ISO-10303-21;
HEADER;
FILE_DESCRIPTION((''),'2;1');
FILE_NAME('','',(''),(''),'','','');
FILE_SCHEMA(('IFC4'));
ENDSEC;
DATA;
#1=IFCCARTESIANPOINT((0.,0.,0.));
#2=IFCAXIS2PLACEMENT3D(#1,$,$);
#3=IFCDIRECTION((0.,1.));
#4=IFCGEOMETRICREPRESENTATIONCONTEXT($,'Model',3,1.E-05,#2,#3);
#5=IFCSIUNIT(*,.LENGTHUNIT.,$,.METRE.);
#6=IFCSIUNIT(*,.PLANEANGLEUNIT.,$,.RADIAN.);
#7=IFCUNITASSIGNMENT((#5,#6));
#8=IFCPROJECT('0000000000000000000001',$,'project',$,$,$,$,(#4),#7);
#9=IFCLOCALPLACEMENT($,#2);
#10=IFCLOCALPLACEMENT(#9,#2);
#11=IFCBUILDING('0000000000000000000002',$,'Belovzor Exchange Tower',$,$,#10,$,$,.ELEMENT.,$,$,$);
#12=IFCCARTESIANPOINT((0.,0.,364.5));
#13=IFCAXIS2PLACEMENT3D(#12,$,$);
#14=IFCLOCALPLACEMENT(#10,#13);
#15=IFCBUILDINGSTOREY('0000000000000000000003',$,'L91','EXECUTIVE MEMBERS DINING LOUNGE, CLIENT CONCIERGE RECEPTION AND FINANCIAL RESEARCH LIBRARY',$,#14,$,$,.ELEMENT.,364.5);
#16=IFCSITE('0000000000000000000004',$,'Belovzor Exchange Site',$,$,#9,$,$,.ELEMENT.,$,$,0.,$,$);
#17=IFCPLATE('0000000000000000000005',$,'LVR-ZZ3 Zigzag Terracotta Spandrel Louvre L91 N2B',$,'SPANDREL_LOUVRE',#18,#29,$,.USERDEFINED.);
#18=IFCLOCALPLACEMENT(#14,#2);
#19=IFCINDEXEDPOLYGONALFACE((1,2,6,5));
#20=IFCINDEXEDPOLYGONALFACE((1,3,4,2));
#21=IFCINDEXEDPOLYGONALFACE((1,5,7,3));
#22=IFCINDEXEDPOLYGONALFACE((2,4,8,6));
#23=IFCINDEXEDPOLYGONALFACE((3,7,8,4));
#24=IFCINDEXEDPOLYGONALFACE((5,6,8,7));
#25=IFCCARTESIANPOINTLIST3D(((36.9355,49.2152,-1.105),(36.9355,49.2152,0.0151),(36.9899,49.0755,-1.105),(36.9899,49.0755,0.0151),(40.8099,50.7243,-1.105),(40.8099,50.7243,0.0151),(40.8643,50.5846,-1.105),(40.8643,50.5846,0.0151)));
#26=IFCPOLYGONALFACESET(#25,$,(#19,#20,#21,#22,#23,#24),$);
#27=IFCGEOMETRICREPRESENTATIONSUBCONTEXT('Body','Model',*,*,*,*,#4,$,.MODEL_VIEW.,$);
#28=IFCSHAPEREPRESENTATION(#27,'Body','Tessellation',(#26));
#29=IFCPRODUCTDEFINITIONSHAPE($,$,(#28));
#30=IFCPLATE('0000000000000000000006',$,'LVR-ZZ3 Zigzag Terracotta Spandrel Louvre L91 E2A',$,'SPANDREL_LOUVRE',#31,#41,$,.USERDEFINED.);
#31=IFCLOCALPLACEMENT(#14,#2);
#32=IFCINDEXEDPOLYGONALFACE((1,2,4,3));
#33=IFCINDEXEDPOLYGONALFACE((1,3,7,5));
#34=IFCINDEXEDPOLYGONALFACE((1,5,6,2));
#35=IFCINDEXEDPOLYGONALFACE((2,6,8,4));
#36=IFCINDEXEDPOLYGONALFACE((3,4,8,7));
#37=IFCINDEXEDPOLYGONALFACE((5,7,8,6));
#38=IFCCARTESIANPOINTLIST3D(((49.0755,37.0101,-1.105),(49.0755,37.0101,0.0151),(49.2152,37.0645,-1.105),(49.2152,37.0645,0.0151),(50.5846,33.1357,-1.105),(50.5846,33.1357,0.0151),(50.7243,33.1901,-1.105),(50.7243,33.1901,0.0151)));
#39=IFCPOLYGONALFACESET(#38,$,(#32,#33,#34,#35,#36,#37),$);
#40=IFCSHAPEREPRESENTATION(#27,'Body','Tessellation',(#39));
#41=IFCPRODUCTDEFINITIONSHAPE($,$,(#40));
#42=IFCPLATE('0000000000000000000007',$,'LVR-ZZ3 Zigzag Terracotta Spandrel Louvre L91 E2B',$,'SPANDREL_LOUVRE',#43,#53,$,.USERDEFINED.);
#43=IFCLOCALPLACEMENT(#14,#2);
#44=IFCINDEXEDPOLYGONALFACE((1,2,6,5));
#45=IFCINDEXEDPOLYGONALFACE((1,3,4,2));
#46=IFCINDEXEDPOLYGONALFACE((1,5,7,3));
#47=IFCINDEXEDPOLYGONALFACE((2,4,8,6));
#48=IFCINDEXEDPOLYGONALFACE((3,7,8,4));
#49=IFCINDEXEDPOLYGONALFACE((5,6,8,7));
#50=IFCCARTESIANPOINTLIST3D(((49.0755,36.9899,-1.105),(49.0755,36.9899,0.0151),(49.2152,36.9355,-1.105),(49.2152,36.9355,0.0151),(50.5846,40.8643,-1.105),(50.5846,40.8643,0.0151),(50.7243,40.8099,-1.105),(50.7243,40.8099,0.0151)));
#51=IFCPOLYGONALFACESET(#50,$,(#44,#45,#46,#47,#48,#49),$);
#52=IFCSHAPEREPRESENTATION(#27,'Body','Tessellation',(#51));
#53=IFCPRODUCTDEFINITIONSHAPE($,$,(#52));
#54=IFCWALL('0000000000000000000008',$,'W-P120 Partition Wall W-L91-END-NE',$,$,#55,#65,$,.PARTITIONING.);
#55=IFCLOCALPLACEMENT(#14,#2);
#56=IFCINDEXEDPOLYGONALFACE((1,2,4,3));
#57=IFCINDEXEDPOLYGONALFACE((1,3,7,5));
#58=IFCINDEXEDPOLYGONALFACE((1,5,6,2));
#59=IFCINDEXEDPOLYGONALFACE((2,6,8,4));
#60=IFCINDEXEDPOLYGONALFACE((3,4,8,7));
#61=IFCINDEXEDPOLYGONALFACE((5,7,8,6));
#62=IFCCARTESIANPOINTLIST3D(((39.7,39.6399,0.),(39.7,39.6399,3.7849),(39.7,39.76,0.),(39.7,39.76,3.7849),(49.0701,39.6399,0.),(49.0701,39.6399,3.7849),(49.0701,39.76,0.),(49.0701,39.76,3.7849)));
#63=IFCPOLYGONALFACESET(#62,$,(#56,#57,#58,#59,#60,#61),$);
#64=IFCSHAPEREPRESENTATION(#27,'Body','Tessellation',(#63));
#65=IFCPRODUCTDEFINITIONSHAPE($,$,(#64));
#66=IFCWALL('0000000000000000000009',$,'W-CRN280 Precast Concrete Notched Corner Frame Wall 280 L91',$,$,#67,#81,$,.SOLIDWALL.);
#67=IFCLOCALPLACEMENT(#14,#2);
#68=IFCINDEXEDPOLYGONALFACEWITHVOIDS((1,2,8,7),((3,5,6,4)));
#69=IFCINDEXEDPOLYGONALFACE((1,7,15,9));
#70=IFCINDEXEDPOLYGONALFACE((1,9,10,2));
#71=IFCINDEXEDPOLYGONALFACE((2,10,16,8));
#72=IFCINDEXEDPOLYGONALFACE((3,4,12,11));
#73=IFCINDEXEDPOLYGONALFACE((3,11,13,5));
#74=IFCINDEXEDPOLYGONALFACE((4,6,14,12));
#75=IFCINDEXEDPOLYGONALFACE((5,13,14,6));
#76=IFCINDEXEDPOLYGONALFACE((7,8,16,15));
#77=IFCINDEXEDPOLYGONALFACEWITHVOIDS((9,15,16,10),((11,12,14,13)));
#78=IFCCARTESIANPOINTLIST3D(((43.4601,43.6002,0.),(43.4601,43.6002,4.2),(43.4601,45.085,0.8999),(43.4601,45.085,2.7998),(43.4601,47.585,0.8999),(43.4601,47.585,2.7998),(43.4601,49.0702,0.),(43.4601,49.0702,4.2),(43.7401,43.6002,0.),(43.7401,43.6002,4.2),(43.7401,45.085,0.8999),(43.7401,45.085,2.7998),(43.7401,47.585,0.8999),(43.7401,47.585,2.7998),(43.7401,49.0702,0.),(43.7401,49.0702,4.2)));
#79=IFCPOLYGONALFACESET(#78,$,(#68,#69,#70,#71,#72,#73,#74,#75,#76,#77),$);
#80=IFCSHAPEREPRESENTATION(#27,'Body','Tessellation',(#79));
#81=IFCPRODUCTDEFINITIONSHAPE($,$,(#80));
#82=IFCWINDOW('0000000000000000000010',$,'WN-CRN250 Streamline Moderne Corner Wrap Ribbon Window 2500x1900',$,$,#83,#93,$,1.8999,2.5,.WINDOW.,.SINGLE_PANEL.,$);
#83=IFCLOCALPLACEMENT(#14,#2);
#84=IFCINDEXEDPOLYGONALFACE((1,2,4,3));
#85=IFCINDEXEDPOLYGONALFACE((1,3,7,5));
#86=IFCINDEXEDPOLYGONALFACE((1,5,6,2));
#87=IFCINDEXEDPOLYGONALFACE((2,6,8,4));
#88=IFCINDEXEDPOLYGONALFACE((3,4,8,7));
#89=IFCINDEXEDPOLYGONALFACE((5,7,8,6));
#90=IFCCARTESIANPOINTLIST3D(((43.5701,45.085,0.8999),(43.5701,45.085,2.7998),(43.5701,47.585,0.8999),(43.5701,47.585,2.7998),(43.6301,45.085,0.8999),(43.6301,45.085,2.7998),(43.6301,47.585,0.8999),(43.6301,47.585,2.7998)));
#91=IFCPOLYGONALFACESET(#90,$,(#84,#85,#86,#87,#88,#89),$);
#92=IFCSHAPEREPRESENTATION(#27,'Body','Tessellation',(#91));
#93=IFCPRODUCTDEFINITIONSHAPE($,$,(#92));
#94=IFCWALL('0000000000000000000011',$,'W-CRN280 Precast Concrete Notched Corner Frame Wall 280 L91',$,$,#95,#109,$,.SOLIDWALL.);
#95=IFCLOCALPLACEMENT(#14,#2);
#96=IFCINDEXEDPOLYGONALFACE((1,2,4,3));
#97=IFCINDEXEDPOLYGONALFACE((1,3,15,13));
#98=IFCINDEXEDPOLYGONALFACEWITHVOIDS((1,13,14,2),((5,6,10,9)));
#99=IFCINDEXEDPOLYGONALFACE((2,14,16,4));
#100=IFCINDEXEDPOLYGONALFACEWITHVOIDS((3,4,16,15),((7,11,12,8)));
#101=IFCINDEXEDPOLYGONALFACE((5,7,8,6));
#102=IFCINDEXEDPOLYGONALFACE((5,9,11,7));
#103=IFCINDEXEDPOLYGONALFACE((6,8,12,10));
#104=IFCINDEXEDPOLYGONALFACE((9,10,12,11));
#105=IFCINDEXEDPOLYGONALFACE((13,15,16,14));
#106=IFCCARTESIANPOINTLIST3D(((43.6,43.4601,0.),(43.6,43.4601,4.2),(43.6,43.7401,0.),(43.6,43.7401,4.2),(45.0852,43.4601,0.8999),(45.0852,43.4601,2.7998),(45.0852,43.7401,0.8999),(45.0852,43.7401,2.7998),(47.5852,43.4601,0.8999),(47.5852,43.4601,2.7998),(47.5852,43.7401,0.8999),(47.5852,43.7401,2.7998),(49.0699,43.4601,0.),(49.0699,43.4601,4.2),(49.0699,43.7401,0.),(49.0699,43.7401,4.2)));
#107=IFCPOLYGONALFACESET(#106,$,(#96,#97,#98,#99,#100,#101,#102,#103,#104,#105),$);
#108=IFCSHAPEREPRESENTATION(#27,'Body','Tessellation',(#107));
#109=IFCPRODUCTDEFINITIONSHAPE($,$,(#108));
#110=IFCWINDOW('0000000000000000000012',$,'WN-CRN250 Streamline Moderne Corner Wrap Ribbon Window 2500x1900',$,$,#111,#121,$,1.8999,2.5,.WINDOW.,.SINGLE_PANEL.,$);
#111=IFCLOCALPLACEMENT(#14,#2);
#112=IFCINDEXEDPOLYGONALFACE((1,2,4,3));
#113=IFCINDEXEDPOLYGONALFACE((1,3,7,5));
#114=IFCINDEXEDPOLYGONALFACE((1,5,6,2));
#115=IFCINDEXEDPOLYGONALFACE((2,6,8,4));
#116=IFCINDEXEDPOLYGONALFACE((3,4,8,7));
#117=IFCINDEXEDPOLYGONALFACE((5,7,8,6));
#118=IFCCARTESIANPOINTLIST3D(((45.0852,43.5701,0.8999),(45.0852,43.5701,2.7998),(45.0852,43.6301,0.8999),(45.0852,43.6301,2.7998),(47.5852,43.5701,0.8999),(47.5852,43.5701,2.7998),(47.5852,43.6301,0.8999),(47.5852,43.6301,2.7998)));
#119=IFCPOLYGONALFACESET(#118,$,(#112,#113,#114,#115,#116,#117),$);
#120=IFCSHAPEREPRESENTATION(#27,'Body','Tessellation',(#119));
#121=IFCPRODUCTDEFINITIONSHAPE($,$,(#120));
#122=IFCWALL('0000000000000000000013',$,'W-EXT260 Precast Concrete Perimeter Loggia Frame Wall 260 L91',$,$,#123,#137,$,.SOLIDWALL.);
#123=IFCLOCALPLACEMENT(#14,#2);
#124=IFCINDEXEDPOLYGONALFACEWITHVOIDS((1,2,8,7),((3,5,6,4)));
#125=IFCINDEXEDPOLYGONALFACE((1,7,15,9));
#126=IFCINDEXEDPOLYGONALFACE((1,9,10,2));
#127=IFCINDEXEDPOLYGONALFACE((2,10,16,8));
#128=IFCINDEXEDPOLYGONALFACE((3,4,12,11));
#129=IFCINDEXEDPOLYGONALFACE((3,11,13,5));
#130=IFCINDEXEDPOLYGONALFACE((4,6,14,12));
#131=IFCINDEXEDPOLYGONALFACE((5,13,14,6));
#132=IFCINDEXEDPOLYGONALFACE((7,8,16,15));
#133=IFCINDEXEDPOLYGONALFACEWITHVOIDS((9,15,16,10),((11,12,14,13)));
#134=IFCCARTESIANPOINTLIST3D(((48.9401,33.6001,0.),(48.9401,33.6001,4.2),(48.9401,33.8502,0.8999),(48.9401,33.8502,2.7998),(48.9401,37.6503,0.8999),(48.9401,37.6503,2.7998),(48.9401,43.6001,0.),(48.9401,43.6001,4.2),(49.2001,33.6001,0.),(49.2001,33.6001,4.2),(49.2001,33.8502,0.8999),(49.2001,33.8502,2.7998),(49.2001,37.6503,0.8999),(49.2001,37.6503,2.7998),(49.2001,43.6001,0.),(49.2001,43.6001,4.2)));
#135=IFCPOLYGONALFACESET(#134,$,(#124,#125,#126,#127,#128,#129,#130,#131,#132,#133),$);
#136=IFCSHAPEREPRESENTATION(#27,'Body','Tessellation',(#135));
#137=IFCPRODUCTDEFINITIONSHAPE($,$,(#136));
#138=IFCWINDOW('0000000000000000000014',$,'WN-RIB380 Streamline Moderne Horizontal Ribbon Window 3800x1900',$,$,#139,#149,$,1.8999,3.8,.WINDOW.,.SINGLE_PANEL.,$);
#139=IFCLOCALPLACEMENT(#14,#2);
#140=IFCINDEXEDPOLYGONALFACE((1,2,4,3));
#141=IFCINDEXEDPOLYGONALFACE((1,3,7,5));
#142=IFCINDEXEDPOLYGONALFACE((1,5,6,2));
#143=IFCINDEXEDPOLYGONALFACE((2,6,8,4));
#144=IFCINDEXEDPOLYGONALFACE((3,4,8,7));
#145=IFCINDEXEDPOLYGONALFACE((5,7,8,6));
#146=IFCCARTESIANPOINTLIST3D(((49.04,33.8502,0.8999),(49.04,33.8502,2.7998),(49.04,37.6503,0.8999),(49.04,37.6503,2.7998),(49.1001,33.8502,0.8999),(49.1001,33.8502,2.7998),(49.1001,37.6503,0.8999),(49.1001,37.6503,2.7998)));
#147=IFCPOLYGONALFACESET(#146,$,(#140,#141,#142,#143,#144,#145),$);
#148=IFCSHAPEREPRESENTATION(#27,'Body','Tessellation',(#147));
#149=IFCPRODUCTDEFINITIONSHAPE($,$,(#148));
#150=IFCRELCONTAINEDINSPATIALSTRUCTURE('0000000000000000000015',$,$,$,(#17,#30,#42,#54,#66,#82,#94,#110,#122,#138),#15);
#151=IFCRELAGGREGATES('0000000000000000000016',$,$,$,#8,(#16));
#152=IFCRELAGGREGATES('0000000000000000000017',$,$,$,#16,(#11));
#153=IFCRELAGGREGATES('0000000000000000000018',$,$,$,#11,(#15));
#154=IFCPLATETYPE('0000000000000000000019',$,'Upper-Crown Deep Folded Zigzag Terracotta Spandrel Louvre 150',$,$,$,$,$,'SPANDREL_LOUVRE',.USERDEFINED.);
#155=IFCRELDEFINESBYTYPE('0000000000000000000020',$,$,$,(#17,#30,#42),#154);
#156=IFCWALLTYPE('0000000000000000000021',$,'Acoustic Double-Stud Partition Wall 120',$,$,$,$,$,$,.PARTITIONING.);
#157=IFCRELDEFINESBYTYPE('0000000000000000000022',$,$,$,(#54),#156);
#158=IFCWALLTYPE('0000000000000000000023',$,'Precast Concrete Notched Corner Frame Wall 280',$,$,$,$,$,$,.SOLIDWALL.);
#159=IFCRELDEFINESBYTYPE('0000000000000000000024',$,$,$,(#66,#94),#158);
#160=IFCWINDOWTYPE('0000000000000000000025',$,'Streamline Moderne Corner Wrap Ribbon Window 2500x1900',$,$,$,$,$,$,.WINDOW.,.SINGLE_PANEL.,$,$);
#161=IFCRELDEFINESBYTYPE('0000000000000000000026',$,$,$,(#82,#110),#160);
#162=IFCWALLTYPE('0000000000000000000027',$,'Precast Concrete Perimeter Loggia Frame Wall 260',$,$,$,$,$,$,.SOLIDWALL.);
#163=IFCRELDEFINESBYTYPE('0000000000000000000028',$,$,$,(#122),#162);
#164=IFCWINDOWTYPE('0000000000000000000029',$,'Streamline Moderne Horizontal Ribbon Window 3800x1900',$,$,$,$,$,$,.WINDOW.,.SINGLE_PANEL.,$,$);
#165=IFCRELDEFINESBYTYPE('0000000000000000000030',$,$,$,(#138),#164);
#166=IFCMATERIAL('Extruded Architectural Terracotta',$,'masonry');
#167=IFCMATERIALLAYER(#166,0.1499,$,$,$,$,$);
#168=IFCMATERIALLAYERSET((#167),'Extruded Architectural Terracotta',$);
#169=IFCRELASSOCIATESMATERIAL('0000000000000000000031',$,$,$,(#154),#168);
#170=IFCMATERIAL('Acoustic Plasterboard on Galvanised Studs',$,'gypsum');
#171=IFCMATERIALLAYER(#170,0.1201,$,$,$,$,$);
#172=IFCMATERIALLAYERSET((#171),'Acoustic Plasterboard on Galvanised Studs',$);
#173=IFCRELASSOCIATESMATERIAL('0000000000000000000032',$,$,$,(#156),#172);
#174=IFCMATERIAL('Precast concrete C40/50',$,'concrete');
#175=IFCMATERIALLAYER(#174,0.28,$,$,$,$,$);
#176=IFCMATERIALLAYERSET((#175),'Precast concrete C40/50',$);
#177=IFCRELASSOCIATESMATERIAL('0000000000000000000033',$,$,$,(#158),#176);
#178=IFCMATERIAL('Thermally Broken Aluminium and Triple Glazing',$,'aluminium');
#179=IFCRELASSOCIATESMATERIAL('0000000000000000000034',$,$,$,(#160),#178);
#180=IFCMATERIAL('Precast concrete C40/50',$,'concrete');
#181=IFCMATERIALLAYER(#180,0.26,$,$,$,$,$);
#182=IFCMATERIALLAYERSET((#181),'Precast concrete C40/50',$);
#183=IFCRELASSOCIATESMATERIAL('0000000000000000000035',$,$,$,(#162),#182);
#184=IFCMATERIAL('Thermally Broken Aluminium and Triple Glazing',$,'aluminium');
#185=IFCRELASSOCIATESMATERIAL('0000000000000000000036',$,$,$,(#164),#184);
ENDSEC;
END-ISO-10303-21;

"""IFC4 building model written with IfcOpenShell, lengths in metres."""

from ifc_helpers import new_model, si_unit, direction, frame, frame_2d, origin, origin_2d, place, context, subcontext, project, spatial, rectangle, extrude, material, layer, layer_set, type_object, element, fill, save


model = new_model("IFC4")

# Units and contexts
model_context = context("Model", 3, precision=1e-05, world=origin(), true_north=direction((0.0, 1.0)))
body_context = subcontext(model_context, "Body", "Model", "MODEL_VIEW")
ifc_project = project(units=[si_unit("LENGTHUNIT", "METRE"), si_unit("PLANEANGLEUNIT", "RADIAN")], contexts=[model_context])

# Site, building, storey
site_placement = place(None, origin())
site = spatial("IfcSite", under=ifc_project, at=site_placement, Name="Belovzor Exchange Site", CompositionType="ELEMENT", RefElevation=0.0)
building_placement = place(site_placement, origin())
building = spatial("IfcBuilding", under=site, at=building_placement, Name="Belovzor Exchange Tower", CompositionType="ELEMENT")
storey_placement = place(building_placement, frame((0.0, 0.0, 364.5)))
storey = spatial("IfcBuildingStorey", under=building, at=storey_placement, Name="L91", Description="EXECUTIVE MEMBERS DINING LOUNGE, CLIENT CONCIERGE RECEPTION AND FINANCIAL RESEARCH LIBRARY", CompositionType="ELEMENT", Elevation=364.5)

# Plates
ifc_material_1 = material(Name="Extruded Architectural Terracotta", Category="masonry")
ifc_layer_1 = layer(ifc_material_1, 0.1499)
ifc_layer_set_1 = layer_set([ifc_layer_1], Name="Extruded Architectural Terracotta")
plate_type_1 = type_object("IfcPlateType", Name="Upper-Crown Deep Folded Zigzag Terracotta Spandrel Louvre 150", ElementType="SPANDREL_LOUVRE", PredefinedType="USERDEFINED", material=ifc_layer_set_1)
for number, where, z_axis, x_axis, name in (
    (1, (38.8999, 49.8999, -1.105), (0.0, 0.0, 1.0), (0.931818, 0.362926, 0.0), "LVR-ZZ3 Zigzag Terracotta Spandrel Louvre L91 N2B"),
    (2, (49.8999, 35.1001, -1.105), (0.0, 0.0, 1.0), (-0.362926, 0.931818, 0.0), "LVR-ZZ3 Zigzag Terracotta Spandrel Louvre L91 E2A"),
    (3, (49.8999, 38.8999, -1.105), (0.0, 0.0, 1.0), (0.362926, 0.931818, 0.0), "LVR-ZZ3 Zigzag Terracotta Spandrel Louvre L91 E2B"),
):
    element("IfcPlate", number, at=place(storey_placement, frame(where, z_axis=z_axis, x_axis=x_axis)), inside=storey, type_object=plate_type_1, Name=name, ObjectType="SPANDREL_LOUVRE", PredefinedType="USERDEFINED", context=body_context, shape_type="SweptSolid", body=[
        extrude(rectangle(XDim=4.158, YDim=0.1499, at=origin_2d()), origin(), (0.0, 0.0, 1.0), 1.1201),
    ])

# Wall
ifc_material_2 = material(Name="Acoustic Plasterboard on Galvanised Studs", Category="gypsum")
ifc_layer_2 = layer(ifc_material_2, 0.1201)
ifc_layer_set_2 = layer_set([ifc_layer_2], Name="Acoustic Plasterboard on Galvanised Studs")
wall_type_1 = type_object("IfcWallType", Name="Acoustic Double-Stud Partition Wall 120", PredefinedType="PARTITIONING", material=ifc_layer_set_2)
wall_1_placement = place(storey_placement, frame((39.7, 39.7, 0.0), z_axis=(0.0, 0.0, 1.0), x_axis=(1.0, 0.0, 0.0)))
element("IfcWall", 4, at=wall_1_placement, inside=storey, type_object=wall_type_1, Name="W-P120 Partition Wall W-L91-END-NE", PredefinedType="PARTITIONING", context=body_context, shape_type="SweptSolid", body=[
    extrude(rectangle(XDim=9.3701, YDim=0.1201, at=frame_2d((4.6851, 0.0))), origin(), (0.0, 0.0, 1.0), 3.7849),
])

# Walls, openings, windows
ifc_material_3 = material(Name="Precast concrete C40/50", Category="concrete")
ifc_layer_3 = layer(ifc_material_3, 0.28)
ifc_layer_set_3 = layer_set([ifc_layer_3], Name="Precast concrete C40/50")
wall_type_2 = type_object("IfcWallType", Name="Precast Concrete Notched Corner Frame Wall 280", PredefinedType="SOLIDWALL", material=ifc_layer_set_3)
wall_2_placement = place(storey_placement, frame((43.6001, 49.0701, 0.0), z_axis=(0.0, 0.0, 1.0), x_axis=(0.0, -1.0, 0.0)))
wall_2 = element("IfcWall", 5, at=wall_2_placement, inside=storey, type_object=wall_type_2, Name="W-CRN280 Precast Concrete Notched Corner Frame Wall 280 L91", PredefinedType="SOLIDWALL", context=body_context, shape_type="SweptSolid", body=[
    extrude(rectangle(XDim=5.47, YDim=0.28, at=frame_2d((2.7349, 0.0))), origin(), (0.0, 0.0, 1.0), 4.2),
])
opening_1_placement = place(wall_2_placement, frame((1.4851, 0.0, 0.8999)))
opening_1 = element("IfcOpeningElement", 6, at=opening_1_placement, cuts=wall_2, PredefinedType="OPENING", context=body_context, shape_type="SweptSolid", body=[
    extrude(rectangle(XDim=2.5, YDim=1.8999, at=frame_2d((1.25, 0.95))), frame((0.0, 0.1499, 0.0), z_axis=(0.0, -1.0, 0.0), x_axis=(1.0, 0.0, 0.0)), (0.0, 0.0, 1.0), 0.3),
])
ifc_material_4 = material(Name="Thermally Broken Aluminium and Triple Glazing", Category="aluminium")
window_type_1 = type_object("IfcWindowType", Name="Streamline Moderne Corner Wrap Ribbon Window 2500x1900", PartitioningType="SINGLE_PANEL", PredefinedType="WINDOW", material=ifc_material_4)
window_1_placement = place(opening_1_placement, origin())
window_1 = element("IfcWindow", 7, at=window_1_placement, inside=storey, type_object=window_type_1, Name="WN-CRN250 Streamline Moderne Corner Wrap Ribbon Window 2500x1900", OverallHeight=1.8999, OverallWidth=2.5, PartitioningType="SINGLE_PANEL", PredefinedType="WINDOW", context=body_context, shape_type="SweptSolid", body=[
    extrude(rectangle(XDim=2.5, YDim=1.8999, at=frame_2d((1.25, 0.95))), frame((0.0, 0.03, 0.0), z_axis=(0.0, -1.0, 0.0), x_axis=(1.0, 0.0, 0.0)), (0.0, 0.0, 1.0), 0.0601),
])
fill(opening_1, window_1)
wall_3_placement = place(storey_placement, frame((43.6001, 43.6001, 0.0), z_axis=(0.0, 0.0, 1.0), x_axis=(1.0, 0.0, 0.0)))
wall_3 = element("IfcWall", 8, at=wall_3_placement, inside=storey, type_object=wall_type_2, Name="W-CRN280 Precast Concrete Notched Corner Frame Wall 280 L91", PredefinedType="SOLIDWALL", context=body_context, shape_type="SweptSolid", body=[
    extrude(rectangle(XDim=5.47, YDim=0.28, at=frame_2d((2.7349, 0.0))), origin(), (0.0, 0.0, 1.0), 4.2),
])
opening_2_placement = place(wall_3_placement, frame((1.4851, 0.0, 0.8999)))
opening_2 = element("IfcOpeningElement", 9, at=opening_2_placement, cuts=wall_3, PredefinedType="OPENING", context=body_context, shape_type="SweptSolid", body=[
    extrude(rectangle(XDim=2.5, YDim=1.8999, at=frame_2d((1.25, 0.95))), frame((0.0, 0.1499, 0.0), z_axis=(0.0, -1.0, 0.0), x_axis=(1.0, 0.0, 0.0)), (0.0, 0.0, 1.0), 0.3),
])
window_2_placement = place(opening_2_placement, origin())
window_2 = element("IfcWindow", 10, at=window_2_placement, inside=storey, type_object=window_type_1, Name="WN-CRN250 Streamline Moderne Corner Wrap Ribbon Window 2500x1900", OverallHeight=1.8999, OverallWidth=2.5, PartitioningType="SINGLE_PANEL", PredefinedType="WINDOW", context=body_context, shape_type="SweptSolid", body=[
    extrude(rectangle(XDim=2.5, YDim=1.8999, at=frame_2d((1.25, 0.95))), frame((0.0, 0.03, 0.0), z_axis=(0.0, -1.0, 0.0), x_axis=(1.0, 0.0, 0.0)), (0.0, 0.0, 1.0), 0.0601),
])
fill(opening_2, window_2)
ifc_material_5 = material(Name="Precast concrete C40/50", Category="concrete")
ifc_layer_4 = layer(ifc_material_5, 0.26)
ifc_layer_set_4 = layer_set([ifc_layer_4], Name="Precast concrete C40/50")
wall_type_3 = type_object("IfcWallType", Name="Precast Concrete Perimeter Loggia Frame Wall 260", PredefinedType="SOLIDWALL", material=ifc_layer_set_4)
wall_4_placement = place(storey_placement, frame((49.0701, 43.6001, 0.0), z_axis=(0.0, 0.0, 1.0), x_axis=(0.0, -1.0, 0.0)))
wall_4 = element("IfcWall", 11, at=wall_4_placement, inside=storey, type_object=wall_type_3, Name="W-EXT260 Precast Concrete Perimeter Loggia Frame Wall 260 L91", PredefinedType="SOLIDWALL", context=body_context, shape_type="SweptSolid", body=[
    extrude(rectangle(XDim=10.0, YDim=0.26, at=frame_2d((5.0, 0.0))), origin(), (0.0, 0.0, 1.0), 4.2),
])
opening_3_placement = place(wall_4_placement, frame((5.95, 0.0, 0.8999)))
opening_3 = element("IfcOpeningElement", 12, at=opening_3_placement, cuts=wall_4, PredefinedType="OPENING", context=body_context, shape_type="SweptSolid", body=[
    extrude(rectangle(XDim=3.8, YDim=1.8999, at=frame_2d((1.8999, 0.95))), frame((0.0, 0.1399, 0.0), z_axis=(0.0, -1.0, 0.0), x_axis=(1.0, 0.0, 0.0)), (0.0, 0.0, 1.0), 0.28),
])
ifc_material_6 = material(Name="Thermally Broken Aluminium and Triple Glazing", Category="aluminium")
window_type_2 = type_object("IfcWindowType", Name="Streamline Moderne Horizontal Ribbon Window 3800x1900", PartitioningType="SINGLE_PANEL", PredefinedType="WINDOW", material=ifc_material_6)
window_3_placement = place(opening_3_placement, origin())
window_3 = element("IfcWindow", 13, at=window_3_placement, inside=storey, type_object=window_type_2, Name="WN-RIB380 Streamline Moderne Horizontal Ribbon Window 3800x1900", OverallHeight=1.8999, OverallWidth=3.8, PartitioningType="SINGLE_PANEL", PredefinedType="WINDOW", context=body_context, shape_type="SweptSolid", body=[
    extrude(rectangle(XDim=3.8, YDim=1.8999, at=frame_2d((1.8999, 0.95))), frame((0.0, 0.03, 0.0), z_axis=(0.0, -1.0, 0.0), x_axis=(1.0, 0.0, 0.0)), (0.0, 0.0, 1.0), 0.0601),
])
fill(opening_3, window_3)

save(model, "model.ifc")
